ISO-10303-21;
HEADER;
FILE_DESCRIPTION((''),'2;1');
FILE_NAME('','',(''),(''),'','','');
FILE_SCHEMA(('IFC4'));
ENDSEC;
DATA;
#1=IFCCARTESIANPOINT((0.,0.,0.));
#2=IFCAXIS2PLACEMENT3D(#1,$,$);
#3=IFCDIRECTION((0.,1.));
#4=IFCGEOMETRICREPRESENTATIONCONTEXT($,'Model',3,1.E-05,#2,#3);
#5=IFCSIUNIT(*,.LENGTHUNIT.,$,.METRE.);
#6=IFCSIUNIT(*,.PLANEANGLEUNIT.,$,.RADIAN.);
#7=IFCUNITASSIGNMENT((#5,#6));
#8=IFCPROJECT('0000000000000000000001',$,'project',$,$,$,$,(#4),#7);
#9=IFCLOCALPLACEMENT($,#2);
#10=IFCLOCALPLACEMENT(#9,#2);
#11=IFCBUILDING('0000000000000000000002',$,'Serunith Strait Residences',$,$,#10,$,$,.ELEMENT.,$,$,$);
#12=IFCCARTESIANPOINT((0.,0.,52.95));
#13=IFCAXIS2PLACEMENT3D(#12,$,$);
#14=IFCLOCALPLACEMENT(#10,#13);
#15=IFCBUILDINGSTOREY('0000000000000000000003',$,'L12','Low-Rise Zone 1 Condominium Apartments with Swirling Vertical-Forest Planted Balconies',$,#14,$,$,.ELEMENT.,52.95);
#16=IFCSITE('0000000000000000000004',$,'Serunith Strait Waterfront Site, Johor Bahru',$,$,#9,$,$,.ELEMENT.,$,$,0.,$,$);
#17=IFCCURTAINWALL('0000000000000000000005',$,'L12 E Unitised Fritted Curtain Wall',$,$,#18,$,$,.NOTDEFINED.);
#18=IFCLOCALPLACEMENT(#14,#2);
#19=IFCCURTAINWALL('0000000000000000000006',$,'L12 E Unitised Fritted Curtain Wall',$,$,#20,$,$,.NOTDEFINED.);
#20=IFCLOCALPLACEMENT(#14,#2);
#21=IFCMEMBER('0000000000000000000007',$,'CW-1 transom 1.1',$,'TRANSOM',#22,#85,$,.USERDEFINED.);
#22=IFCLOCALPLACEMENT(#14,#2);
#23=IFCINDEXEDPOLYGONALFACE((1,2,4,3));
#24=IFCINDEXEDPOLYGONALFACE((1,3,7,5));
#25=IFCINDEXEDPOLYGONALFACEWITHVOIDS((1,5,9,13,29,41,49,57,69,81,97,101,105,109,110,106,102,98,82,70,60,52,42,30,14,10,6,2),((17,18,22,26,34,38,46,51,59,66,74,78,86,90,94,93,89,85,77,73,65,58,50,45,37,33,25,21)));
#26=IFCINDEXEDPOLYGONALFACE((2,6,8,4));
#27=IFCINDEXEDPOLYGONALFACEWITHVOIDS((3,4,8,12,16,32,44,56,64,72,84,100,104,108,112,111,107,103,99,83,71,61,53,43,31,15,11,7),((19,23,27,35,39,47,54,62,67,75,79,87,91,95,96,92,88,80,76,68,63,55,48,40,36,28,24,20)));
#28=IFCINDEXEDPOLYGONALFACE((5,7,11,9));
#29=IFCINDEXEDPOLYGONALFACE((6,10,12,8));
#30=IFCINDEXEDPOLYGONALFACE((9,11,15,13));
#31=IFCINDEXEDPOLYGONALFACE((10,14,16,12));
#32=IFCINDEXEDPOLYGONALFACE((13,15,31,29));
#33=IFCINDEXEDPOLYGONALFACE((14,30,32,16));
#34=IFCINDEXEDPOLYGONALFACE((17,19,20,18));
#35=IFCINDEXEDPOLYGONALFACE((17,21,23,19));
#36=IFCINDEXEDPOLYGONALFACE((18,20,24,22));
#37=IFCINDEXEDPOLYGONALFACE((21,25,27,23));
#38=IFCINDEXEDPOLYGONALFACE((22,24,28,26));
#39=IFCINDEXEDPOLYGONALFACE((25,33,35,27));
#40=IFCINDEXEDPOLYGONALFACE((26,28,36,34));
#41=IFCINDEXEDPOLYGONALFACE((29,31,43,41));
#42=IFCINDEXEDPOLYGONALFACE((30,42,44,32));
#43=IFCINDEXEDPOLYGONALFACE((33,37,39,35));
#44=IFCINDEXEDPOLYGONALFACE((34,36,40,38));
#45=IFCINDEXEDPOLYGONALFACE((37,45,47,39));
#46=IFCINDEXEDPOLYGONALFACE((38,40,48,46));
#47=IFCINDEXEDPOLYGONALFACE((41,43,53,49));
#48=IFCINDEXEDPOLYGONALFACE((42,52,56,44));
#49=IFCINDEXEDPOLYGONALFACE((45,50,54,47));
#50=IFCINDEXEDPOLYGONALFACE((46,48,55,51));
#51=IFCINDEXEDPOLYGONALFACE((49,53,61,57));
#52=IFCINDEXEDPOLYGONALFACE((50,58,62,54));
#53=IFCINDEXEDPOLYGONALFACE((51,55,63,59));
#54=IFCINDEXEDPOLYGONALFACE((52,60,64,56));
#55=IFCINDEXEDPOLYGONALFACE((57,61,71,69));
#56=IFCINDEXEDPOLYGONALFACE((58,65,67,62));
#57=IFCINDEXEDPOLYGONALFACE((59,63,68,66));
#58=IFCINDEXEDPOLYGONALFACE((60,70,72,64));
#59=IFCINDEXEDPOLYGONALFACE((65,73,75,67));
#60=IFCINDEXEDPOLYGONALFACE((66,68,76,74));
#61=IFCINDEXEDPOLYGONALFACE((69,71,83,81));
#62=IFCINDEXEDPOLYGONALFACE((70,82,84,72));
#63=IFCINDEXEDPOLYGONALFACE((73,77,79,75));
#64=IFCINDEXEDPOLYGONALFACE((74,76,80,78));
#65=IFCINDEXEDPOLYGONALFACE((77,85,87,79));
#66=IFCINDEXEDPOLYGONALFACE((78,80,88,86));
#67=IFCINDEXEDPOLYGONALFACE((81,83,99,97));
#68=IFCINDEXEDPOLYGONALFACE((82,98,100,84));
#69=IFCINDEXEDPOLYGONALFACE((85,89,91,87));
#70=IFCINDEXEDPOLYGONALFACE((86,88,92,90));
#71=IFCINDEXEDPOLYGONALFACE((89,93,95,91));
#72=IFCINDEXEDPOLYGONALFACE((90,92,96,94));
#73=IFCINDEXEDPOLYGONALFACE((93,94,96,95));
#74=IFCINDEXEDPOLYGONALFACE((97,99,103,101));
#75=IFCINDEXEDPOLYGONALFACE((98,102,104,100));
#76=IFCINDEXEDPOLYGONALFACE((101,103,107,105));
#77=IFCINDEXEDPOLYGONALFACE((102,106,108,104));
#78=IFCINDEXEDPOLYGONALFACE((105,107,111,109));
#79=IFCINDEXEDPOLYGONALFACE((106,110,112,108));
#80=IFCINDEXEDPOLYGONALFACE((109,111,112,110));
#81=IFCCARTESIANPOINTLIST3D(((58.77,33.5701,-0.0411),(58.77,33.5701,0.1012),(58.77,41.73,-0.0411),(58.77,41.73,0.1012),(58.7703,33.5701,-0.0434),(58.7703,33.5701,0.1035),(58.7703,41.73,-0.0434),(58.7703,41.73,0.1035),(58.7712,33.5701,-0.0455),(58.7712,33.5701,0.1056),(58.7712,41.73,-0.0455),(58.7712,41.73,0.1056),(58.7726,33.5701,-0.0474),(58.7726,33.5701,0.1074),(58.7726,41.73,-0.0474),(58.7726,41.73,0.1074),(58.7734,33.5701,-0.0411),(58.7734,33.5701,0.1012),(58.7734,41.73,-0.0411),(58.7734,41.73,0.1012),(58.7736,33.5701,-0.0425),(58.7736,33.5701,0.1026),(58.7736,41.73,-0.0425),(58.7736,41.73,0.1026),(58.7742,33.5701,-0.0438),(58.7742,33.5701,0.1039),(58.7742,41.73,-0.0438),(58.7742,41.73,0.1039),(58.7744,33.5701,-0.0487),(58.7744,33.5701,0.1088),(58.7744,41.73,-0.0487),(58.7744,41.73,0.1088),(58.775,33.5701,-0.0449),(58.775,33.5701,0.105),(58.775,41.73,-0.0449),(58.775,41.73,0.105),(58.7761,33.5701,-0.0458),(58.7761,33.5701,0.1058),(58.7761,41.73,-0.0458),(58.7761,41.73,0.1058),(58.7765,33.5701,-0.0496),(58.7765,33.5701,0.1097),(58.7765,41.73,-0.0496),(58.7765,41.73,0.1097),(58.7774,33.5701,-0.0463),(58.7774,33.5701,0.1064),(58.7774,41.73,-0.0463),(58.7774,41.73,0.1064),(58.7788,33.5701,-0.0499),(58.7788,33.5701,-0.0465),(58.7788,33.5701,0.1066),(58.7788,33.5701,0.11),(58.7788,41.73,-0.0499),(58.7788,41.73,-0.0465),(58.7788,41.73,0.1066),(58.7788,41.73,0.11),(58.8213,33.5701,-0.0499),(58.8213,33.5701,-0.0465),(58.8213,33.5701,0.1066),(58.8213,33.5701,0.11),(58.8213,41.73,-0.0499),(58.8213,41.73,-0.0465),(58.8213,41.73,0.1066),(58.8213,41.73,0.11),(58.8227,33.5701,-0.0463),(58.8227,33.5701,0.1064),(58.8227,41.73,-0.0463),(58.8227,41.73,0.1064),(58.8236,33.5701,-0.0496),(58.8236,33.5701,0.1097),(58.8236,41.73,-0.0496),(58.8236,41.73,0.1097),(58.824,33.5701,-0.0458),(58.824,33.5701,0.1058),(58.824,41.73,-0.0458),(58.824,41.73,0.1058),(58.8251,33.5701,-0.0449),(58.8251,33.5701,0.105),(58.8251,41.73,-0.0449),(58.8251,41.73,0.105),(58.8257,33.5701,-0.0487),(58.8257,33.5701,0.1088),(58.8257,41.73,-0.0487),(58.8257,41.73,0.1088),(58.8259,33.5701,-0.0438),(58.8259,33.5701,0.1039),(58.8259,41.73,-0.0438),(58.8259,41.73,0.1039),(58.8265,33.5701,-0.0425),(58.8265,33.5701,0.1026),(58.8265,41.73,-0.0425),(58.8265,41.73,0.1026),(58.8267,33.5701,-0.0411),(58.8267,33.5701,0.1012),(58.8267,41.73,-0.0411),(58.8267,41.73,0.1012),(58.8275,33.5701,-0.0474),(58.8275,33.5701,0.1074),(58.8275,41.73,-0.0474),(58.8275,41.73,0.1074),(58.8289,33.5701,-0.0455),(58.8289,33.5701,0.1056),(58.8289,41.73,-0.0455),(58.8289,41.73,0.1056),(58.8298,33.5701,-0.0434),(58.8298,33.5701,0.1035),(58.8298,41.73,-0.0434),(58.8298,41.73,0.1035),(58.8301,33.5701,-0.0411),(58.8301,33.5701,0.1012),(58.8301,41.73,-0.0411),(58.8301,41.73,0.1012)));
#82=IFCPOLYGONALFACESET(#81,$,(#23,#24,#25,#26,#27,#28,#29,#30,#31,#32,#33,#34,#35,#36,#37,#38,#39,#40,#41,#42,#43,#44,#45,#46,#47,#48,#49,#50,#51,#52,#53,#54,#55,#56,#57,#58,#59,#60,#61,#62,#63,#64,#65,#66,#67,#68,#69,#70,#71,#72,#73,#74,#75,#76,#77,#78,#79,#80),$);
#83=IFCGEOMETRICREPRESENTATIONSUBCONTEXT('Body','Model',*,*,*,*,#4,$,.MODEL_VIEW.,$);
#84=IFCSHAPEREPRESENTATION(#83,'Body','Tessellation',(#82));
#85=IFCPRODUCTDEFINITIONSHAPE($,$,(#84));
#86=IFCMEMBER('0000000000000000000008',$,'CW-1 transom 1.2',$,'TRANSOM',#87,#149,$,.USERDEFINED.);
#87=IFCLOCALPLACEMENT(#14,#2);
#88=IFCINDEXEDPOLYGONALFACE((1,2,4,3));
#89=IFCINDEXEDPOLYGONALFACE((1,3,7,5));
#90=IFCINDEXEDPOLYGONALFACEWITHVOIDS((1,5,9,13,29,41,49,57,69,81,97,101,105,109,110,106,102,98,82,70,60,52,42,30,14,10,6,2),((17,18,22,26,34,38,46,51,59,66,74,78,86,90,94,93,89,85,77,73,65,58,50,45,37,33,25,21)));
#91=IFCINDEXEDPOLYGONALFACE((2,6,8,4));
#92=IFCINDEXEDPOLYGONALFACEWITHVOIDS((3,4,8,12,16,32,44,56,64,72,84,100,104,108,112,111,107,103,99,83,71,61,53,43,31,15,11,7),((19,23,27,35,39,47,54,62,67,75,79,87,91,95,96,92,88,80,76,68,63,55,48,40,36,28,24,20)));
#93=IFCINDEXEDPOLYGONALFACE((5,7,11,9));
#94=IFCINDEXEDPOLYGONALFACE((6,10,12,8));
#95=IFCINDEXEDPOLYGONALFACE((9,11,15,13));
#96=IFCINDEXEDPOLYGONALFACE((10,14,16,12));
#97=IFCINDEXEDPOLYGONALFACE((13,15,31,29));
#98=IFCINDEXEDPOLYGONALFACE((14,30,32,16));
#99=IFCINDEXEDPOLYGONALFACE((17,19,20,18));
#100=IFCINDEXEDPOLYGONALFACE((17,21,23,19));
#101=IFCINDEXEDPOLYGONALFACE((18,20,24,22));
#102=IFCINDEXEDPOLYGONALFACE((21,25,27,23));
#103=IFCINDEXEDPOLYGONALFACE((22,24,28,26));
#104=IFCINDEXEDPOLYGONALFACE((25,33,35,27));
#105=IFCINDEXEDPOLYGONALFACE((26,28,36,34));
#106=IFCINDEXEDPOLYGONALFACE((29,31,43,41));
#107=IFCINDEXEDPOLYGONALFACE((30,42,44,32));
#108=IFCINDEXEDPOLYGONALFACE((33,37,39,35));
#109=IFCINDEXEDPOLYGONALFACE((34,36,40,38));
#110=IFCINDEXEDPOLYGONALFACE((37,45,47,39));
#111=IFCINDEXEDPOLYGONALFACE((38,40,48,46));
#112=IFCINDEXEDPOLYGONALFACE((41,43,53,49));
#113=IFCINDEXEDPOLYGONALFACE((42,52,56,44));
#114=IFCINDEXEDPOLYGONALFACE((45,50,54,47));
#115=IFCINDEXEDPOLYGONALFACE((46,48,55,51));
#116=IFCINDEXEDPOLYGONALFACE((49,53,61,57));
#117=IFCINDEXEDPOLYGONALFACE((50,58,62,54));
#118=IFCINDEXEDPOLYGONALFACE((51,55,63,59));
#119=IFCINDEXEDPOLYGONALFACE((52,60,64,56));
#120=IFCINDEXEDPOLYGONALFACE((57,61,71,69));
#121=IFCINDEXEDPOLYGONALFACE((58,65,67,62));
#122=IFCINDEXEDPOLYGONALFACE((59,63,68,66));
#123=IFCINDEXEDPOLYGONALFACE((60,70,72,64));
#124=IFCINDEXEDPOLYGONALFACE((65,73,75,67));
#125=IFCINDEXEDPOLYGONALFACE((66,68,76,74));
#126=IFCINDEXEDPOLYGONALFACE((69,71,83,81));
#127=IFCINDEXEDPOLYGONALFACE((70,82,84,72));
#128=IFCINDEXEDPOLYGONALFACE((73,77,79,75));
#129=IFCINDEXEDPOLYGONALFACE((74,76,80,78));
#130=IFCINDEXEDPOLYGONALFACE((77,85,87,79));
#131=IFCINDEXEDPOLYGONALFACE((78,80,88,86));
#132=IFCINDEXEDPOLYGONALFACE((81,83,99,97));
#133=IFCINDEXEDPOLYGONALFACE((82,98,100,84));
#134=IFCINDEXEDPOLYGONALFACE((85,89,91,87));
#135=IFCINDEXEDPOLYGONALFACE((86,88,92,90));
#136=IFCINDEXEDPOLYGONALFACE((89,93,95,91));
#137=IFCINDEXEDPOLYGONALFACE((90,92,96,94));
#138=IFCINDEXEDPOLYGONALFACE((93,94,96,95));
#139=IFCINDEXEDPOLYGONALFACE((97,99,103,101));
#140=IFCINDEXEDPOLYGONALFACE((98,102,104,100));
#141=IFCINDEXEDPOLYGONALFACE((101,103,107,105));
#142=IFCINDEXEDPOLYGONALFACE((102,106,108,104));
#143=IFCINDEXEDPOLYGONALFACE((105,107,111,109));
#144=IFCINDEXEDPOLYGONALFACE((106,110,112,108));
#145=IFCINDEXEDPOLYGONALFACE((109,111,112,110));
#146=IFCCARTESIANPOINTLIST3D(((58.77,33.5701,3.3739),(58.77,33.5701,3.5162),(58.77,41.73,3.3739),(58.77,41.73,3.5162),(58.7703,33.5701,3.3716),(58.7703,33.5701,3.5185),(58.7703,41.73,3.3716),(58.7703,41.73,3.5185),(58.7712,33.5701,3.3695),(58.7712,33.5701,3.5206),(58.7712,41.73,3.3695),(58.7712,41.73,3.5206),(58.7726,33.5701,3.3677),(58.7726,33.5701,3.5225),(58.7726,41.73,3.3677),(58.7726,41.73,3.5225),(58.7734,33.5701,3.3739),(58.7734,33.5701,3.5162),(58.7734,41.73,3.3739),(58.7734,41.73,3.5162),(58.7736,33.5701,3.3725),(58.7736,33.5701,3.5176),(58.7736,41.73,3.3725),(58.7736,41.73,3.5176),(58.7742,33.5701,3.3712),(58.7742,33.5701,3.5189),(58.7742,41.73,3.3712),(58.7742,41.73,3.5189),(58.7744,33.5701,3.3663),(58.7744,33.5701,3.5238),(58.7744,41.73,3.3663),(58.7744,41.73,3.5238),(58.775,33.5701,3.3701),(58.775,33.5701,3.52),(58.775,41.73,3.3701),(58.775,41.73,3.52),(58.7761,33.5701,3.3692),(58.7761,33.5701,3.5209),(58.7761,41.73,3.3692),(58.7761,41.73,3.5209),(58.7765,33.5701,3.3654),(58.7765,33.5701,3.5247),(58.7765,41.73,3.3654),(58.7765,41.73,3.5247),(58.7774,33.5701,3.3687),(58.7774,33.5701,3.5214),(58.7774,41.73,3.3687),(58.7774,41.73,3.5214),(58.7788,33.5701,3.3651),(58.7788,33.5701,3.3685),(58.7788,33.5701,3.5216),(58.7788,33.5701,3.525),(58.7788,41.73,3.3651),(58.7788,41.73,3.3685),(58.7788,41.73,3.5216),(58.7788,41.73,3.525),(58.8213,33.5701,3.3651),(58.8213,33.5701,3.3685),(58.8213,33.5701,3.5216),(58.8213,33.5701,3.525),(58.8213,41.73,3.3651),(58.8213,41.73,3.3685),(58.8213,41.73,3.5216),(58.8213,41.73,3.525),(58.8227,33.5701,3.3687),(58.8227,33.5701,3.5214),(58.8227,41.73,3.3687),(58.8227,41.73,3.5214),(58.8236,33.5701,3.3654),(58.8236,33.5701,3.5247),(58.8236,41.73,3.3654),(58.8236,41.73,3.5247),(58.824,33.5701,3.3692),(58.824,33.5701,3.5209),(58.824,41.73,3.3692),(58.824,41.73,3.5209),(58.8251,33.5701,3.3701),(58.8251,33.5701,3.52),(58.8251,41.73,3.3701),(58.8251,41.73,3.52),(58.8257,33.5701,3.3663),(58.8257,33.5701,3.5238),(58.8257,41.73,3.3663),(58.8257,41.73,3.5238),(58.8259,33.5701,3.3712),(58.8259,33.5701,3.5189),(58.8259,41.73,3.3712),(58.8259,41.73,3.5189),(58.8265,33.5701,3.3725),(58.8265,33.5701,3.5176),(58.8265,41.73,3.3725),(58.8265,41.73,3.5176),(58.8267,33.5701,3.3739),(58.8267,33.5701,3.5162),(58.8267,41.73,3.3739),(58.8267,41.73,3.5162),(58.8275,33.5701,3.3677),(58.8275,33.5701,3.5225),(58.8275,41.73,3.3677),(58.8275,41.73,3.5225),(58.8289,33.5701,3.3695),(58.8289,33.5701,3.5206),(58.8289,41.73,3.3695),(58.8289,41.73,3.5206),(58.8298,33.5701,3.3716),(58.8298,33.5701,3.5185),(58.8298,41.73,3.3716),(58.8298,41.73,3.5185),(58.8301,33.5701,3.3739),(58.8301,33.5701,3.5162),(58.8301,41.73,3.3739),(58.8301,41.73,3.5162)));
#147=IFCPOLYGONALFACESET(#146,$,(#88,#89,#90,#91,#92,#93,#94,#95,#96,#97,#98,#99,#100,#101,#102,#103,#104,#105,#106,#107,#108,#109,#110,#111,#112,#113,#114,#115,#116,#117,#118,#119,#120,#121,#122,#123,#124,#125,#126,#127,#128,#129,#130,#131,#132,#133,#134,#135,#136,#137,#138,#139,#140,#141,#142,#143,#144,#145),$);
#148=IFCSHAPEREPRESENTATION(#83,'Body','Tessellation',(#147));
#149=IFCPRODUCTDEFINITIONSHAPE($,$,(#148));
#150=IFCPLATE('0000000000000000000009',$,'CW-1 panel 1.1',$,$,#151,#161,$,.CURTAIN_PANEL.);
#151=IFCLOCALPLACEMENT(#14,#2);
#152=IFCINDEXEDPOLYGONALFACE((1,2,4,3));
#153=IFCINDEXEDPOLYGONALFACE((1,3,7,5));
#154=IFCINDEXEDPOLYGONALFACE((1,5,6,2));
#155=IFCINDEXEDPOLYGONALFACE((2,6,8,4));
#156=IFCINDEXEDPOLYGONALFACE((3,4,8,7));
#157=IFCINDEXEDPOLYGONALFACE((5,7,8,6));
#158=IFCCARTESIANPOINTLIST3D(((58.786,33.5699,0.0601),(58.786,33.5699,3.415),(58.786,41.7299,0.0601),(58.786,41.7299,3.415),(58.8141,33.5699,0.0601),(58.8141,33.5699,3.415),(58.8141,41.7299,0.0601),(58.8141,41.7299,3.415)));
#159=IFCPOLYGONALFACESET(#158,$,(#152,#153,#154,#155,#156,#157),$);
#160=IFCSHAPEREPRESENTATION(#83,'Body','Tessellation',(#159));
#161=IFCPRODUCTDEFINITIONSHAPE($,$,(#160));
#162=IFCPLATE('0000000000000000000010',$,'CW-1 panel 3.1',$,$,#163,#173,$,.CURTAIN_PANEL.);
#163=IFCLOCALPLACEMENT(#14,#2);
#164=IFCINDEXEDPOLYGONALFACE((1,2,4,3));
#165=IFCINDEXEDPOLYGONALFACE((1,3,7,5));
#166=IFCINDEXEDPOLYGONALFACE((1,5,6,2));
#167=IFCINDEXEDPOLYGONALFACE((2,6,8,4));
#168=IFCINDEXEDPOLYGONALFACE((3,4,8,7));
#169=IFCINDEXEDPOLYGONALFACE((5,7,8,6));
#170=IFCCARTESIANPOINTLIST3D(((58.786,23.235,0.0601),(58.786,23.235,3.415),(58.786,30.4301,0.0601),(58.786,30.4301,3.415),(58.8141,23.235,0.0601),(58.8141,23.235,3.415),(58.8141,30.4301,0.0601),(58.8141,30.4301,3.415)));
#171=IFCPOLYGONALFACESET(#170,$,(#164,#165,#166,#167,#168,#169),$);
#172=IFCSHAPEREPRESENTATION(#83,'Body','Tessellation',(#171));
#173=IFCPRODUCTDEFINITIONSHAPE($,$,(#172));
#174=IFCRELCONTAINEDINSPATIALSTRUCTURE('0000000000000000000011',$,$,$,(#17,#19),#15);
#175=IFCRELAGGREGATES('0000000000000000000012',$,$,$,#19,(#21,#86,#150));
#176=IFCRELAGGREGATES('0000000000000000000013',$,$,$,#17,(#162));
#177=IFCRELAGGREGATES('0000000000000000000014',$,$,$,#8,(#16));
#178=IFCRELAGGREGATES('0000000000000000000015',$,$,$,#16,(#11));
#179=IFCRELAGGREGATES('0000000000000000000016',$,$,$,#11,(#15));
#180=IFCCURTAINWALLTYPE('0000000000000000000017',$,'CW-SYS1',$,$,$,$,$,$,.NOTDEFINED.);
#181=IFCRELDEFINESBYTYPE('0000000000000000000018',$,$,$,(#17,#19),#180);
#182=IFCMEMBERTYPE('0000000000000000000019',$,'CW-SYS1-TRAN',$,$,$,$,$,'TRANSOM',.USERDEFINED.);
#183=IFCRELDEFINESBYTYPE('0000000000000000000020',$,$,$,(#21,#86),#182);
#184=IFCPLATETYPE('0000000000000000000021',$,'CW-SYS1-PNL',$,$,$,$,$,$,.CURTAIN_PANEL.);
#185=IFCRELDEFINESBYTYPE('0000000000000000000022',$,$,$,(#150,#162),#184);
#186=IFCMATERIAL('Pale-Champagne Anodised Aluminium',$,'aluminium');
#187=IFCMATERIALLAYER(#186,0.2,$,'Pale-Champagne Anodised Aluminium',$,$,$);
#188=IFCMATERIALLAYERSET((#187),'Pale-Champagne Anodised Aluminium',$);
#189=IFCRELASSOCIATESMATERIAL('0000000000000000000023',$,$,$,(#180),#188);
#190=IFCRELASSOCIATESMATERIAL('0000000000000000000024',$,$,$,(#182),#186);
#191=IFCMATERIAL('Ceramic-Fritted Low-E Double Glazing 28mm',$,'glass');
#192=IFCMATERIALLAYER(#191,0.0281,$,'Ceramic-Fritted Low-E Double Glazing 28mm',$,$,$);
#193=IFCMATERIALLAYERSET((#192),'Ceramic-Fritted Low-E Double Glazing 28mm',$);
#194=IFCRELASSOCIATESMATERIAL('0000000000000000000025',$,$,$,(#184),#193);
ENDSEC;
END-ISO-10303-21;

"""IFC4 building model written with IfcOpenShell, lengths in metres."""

from ifc_helpers import new_model, si_unit, direction, frame, origin, origin_2d, place, context, subcontext, project, spatial, rectangle, hollow_rectangle, extrude, source, transform, mapped, material, layer, layer_set, material_profile, profile_set, type_object, element, aggregate, save


model = new_model("IFC4")

# Units and contexts
model_context = context("Model", 3, precision=1e-05, world=origin(), true_north=direction((0.0, 1.0)))
body_context = subcontext(model_context, "Body", "Model", "MODEL_VIEW")
ifc_project = project(units=[si_unit("LENGTHUNIT", "METRE"), si_unit("PLANEANGLEUNIT", "RADIAN")], contexts=[model_context])

# Site, building, storey
site_placement = place(None, origin())
site = spatial("IfcSite", under=ifc_project, at=site_placement, Name="Serunith Strait Waterfront Site, Johor Bahru", CompositionType="ELEMENT", RefElevation=0.0)
building_placement = place(site_placement, origin())
building = spatial("IfcBuilding", under=site, at=building_placement, Name="Serunith Strait Residences", CompositionType="ELEMENT")
storey_placement = place(building_placement, frame((0.0, 0.0, 52.95)))
storey = spatial("IfcBuildingStorey", under=building, at=storey_placement, Name="L12", Description="Low-Rise Zone 1 Condominium Apartments with Swirling Vertical-Forest Planted Balconies", CompositionType="ELEMENT", Elevation=52.95)

# Curtain wall
ifc_material_1 = material(Name="Pale-Champagne Anodised Aluminium", Category="aluminium")
ifc_layer_1 = layer(ifc_material_1, 0.2, Name="Pale-Champagne Anodised Aluminium")
ifc_layer_set_1 = layer_set([ifc_layer_1], Name="Pale-Champagne Anodised Aluminium")
curtain_wall_type = type_object("IfcCurtainWallType", Name="CW-SYS1", PredefinedType="NOTDEFINED", material=ifc_layer_set_1)
curtain_wall_1_placement = place(storey_placement, origin())
curtain_wall_1 = element("IfcCurtainWall", 1, at=curtain_wall_1_placement, inside=storey, type_object=curtain_wall_type, Name="L12 E Unitised Fritted Curtain Wall", PredefinedType="NOTDEFINED")

# Curtain wall, members, plate
curtain_wall_2_placement = place(storey_placement, origin())
curtain_wall_2 = element("IfcCurtainWall", 2, at=curtain_wall_2_placement, inside=storey, type_object=curtain_wall_type, Name="L12 E Unitised Fritted Curtain Wall", PredefinedType="NOTDEFINED")
ifc_material_profile_1 = material_profile(ifc_material_1, hollow_rectangle(XDim=0.0601, YDim=0.1599, WallThickness=0.0034, InnerFilletRadius=0.0054, OuterFilletRadius=0.0088, at=origin_2d()), Name="ALU 160x60x3.5")
ifc_profile_set_1 = profile_set([ifc_material_profile_1], Name="Pale-Champagne Anodised Aluminium")
member_type_1 = type_object("IfcMemberType", Name="CW-SYS1-TRAN", ElementType="TRANSOM", PredefinedType="USERDEFINED", material=ifc_profile_set_1)
shared_shape_1 = source(origin(), body_context, "Body", "SweptSolid", [
    extrude(hollow_rectangle(XDim=0.0601, YDim=0.1599, WallThickness=0.0034, InnerFilletRadius=0.0054, OuterFilletRadius=0.0088, at=origin_2d()), origin(), (0.0, 0.0, 1.0), 8.1599),
])
member_1_placement = place(storey_placement, frame((58.8, 33.5701, 0.03), z_axis=(0.0, 1.0, 0.0), x_axis=(-1.0, 0.0, 0.0)))
member_1 = element("IfcMember", 3, at=member_1_placement, type_object=member_type_1, Name="CW-1 transom 1.1", ObjectType="TRANSOM", PredefinedType="USERDEFINED", context=body_context, shape_type="MappedRepresentation", body=[
    mapped(shared_shape_1, transform((0.0, 0.0, 0.0), scale=1.0)),
])
member_2_placement = place(storey_placement, frame((58.8, 33.5701, 3.4451), z_axis=(0.0, 1.0, 0.0), x_axis=(-1.0, 0.0, 0.0)))
member_2 = element("IfcMember", 4, at=member_2_placement, type_object=member_type_1, Name="CW-1 transom 1.2", ObjectType="TRANSOM", PredefinedType="USERDEFINED", context=body_context, shape_type="MappedRepresentation", body=[
    mapped(shared_shape_1, transform((0.0, 0.0, 0.0), scale=1.0)),
])
ifc_material_2 = material(Name="Ceramic-Fritted Low-E Double Glazing 28mm", Category="glass")
ifc_layer_2 = layer(ifc_material_2, 0.0281, Name="Ceramic-Fritted Low-E Double Glazing 28mm")
ifc_layer_set_2 = layer_set([ifc_layer_2], Name="Ceramic-Fritted Low-E Double Glazing 28mm")
plate_type = type_object("IfcPlateType", Name="CW-SYS1-PNL", PredefinedType="CURTAIN_PANEL", material=ifc_layer_set_2)
shared_shape_2 = source(origin(), body_context, "Body", "SweptSolid", [
    extrude(rectangle(XDim=8.1599, YDim=0.0281, at=origin_2d()), origin(), (0.0, 0.0, 1.0), 3.355),
])
plate_1_placement = place(storey_placement, frame((58.8, 37.6499, 0.0601), z_axis=(0.0, 0.0, 1.0), x_axis=(0.0, 1.0, 0.0)))
plate_1 = element("IfcPlate", 5, at=plate_1_placement, type_object=plate_type, Name="CW-1 panel 1.1", PredefinedType="CURTAIN_PANEL", context=body_context, shape_type="MappedRepresentation", body=[
    mapped(shared_shape_2, transform((0.0, 0.0, 0.0), scale=1.0)),
])
aggregate(curtain_wall_2, [member_1, member_2, plate_1])

# Plate
shared_shape_3 = source(origin(), body_context, "Body", "SweptSolid", [
    extrude(rectangle(XDim=7.1951, YDim=0.0281, at=origin_2d()), origin(), (0.0, 0.0, 1.0), 3.355),
])
plate_2_placement = place(storey_placement, frame((58.8, 26.8325, 0.0601), z_axis=(0.0, 0.0, 1.0), x_axis=(0.0, 1.0, 0.0)))
plate_2 = element("IfcPlate", 6, at=plate_2_placement, type_object=plate_type, Name="CW-1 panel 3.1", PredefinedType="CURTAIN_PANEL", context=body_context, shape_type="MappedRepresentation", body=[
    mapped(shared_shape_3, transform((0.0, 0.0, 0.0), scale=1.0)),
])
aggregate(curtain_wall_1, [plate_2])

save(model, "model.ifc")
